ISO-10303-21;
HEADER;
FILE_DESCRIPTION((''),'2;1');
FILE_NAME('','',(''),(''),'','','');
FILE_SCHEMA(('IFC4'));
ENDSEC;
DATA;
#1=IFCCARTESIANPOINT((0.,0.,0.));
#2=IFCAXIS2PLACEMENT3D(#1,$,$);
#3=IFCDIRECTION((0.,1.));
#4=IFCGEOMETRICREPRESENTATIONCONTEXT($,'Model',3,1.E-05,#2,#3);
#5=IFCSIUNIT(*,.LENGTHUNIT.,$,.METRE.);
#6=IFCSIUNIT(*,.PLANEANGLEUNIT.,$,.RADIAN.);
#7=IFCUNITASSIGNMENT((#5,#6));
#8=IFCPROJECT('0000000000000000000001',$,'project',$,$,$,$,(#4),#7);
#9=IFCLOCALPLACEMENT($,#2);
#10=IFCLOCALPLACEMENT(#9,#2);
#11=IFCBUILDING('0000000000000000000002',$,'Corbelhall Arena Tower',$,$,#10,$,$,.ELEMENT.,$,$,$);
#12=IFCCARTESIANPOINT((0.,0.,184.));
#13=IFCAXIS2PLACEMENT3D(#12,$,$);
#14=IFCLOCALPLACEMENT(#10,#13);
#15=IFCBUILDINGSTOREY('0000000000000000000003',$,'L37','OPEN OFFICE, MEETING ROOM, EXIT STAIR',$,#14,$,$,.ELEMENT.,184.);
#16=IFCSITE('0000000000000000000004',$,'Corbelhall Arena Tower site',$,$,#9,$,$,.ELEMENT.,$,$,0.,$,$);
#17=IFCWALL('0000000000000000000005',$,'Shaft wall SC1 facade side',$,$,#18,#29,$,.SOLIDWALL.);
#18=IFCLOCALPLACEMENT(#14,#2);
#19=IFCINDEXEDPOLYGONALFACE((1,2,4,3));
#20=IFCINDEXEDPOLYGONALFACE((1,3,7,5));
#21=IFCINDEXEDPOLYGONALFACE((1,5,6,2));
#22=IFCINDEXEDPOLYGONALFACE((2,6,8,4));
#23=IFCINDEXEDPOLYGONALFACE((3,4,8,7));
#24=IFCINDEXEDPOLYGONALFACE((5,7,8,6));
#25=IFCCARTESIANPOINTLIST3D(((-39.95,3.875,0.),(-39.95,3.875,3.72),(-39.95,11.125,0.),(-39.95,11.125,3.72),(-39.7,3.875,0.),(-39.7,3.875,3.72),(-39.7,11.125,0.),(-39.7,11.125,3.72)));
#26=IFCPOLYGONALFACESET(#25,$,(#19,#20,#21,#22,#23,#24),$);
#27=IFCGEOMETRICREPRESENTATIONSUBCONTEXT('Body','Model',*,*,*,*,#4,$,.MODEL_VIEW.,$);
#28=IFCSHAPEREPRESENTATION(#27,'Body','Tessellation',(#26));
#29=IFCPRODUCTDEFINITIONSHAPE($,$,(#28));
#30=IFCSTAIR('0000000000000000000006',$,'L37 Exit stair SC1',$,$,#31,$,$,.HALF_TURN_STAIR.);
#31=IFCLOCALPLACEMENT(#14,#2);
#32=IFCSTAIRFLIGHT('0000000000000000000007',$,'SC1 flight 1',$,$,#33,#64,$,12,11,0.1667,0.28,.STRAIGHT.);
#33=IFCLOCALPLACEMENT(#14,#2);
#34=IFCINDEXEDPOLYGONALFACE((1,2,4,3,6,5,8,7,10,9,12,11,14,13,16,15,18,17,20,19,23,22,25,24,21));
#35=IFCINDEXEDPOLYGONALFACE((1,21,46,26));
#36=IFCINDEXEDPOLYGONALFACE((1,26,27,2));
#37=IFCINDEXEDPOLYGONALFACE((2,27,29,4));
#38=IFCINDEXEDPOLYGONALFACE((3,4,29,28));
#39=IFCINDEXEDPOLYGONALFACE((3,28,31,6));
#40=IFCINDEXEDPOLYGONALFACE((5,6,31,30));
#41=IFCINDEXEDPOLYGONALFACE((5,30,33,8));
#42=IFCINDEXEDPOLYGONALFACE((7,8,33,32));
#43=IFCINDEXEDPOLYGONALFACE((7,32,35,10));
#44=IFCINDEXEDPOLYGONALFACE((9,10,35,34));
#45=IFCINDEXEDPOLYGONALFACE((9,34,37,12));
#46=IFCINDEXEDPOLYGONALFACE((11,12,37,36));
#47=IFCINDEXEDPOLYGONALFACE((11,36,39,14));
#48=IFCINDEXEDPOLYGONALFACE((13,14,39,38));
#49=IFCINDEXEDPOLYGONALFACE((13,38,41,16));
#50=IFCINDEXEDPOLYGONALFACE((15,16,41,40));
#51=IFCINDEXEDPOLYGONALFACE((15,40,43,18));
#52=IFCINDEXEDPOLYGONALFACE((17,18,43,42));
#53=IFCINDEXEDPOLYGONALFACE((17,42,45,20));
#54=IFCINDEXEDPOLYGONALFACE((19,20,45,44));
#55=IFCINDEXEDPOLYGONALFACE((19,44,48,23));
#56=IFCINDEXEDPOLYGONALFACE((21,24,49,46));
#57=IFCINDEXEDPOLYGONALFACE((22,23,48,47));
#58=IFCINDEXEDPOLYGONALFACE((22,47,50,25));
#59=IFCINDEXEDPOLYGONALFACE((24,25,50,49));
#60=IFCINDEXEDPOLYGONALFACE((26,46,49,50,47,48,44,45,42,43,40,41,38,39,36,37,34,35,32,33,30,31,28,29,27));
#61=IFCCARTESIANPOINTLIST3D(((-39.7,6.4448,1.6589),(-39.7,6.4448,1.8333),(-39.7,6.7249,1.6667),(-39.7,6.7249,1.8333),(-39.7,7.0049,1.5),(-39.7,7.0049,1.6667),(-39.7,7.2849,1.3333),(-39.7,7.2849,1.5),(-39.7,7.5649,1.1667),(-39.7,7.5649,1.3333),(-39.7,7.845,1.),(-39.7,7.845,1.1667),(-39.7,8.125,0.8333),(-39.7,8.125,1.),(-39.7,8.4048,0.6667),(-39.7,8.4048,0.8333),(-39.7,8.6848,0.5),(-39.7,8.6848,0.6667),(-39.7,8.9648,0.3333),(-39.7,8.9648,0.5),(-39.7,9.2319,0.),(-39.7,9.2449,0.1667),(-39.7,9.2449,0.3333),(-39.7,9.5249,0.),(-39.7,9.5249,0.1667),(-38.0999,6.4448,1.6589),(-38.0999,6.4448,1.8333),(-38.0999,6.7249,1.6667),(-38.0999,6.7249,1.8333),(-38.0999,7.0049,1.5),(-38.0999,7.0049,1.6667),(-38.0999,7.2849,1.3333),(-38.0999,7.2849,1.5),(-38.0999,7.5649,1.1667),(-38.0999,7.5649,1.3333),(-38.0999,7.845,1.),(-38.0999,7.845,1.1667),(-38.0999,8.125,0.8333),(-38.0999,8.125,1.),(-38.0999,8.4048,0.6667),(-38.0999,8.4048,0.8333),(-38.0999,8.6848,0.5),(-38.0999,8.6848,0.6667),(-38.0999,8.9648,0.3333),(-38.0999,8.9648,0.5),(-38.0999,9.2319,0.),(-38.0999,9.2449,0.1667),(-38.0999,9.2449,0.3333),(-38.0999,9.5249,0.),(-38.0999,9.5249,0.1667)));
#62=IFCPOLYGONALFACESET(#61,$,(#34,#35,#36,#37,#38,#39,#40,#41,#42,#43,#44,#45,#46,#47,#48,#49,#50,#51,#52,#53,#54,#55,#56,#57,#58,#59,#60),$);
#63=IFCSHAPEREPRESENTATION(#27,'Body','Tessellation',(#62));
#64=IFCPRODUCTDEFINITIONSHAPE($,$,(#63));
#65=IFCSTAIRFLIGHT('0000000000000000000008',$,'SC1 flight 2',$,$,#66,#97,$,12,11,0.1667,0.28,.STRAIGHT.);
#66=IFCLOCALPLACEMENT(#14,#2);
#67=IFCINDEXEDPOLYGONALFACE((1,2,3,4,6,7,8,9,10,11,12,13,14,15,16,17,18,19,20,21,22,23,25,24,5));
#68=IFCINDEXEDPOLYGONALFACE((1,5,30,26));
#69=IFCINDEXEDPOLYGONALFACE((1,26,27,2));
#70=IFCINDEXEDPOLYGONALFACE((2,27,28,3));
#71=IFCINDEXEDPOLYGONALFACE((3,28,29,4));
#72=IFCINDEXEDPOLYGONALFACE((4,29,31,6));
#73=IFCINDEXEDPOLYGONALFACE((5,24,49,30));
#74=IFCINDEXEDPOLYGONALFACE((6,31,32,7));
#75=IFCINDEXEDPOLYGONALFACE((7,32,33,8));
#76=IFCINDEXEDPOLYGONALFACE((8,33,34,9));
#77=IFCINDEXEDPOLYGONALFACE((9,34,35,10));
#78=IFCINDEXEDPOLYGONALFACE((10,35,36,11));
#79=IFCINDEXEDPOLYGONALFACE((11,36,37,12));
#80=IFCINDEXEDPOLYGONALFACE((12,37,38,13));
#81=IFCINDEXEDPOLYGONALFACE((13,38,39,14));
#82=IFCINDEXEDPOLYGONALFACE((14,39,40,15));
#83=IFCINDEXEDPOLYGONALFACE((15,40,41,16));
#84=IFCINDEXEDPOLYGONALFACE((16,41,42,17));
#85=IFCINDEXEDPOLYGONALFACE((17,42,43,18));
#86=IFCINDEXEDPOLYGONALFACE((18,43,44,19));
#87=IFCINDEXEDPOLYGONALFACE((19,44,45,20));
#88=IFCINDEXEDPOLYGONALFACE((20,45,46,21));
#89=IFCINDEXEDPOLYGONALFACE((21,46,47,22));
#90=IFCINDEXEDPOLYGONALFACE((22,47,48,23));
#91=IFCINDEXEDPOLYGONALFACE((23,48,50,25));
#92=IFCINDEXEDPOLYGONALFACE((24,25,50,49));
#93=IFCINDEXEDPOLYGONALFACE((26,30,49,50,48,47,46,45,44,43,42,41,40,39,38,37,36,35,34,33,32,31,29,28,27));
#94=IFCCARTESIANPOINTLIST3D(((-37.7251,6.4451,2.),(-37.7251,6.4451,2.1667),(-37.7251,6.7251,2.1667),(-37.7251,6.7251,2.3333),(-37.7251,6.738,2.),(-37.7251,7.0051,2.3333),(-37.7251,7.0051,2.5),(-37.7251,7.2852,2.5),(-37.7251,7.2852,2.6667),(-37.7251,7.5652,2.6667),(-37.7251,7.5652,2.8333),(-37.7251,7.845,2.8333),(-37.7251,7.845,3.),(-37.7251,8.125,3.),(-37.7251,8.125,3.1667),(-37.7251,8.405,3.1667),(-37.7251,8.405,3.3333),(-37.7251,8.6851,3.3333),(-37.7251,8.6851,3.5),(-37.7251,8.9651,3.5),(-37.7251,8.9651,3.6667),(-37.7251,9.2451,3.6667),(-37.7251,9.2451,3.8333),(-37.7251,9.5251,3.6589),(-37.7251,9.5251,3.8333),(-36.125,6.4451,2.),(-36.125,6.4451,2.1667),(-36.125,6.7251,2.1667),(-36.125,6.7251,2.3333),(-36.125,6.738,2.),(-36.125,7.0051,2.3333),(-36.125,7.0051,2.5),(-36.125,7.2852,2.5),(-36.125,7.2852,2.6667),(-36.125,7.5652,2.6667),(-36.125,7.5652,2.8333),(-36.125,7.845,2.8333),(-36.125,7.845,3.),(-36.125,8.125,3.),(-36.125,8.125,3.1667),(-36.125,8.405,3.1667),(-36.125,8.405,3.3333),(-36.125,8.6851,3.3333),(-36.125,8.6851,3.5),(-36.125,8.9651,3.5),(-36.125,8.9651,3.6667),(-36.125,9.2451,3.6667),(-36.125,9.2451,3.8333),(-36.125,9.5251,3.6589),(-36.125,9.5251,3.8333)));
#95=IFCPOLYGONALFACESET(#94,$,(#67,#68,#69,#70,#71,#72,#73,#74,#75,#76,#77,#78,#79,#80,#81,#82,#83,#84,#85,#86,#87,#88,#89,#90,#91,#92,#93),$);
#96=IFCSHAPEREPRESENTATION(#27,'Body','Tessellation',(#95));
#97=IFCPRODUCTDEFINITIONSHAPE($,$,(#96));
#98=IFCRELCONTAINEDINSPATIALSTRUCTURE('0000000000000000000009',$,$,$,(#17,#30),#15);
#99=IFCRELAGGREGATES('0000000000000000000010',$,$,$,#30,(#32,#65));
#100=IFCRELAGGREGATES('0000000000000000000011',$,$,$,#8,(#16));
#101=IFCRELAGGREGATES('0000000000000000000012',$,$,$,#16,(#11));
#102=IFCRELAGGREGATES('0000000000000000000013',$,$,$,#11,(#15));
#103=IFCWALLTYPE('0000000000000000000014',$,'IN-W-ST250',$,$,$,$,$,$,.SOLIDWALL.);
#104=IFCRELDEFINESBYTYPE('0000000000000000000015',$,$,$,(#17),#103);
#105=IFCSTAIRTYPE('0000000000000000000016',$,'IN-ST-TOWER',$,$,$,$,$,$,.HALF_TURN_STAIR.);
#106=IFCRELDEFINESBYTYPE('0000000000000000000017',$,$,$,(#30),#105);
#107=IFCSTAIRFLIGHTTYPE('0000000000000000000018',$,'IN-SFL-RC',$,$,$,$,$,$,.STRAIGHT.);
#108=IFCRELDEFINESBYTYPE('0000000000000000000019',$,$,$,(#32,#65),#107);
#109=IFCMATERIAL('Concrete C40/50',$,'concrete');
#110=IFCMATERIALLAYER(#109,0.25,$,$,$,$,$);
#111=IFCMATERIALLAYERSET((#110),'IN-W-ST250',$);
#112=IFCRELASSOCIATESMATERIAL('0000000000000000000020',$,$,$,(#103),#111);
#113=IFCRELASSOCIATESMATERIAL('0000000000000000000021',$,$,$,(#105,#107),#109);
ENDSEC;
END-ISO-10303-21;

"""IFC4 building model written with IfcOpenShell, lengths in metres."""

from ifc_helpers import new_model, si_unit, direction, frame, frame_2d, origin, place, context, subcontext, project, spatial, polyline, rectangle, outline, extrude, material, layer, layer_set, type_object, element, aggregate, save


model = new_model("IFC4")

# Units and contexts
model_context = context("Model", 3, precision=1e-05, world=origin(), true_north=direction((0.0, 1.0)))
body_context = subcontext(model_context, "Body", "Model", "MODEL_VIEW")
ifc_project = project(units=[si_unit("LENGTHUNIT", "METRE"), si_unit("PLANEANGLEUNIT", "RADIAN")], contexts=[model_context])

# Site, building, storey
site_placement = place(None, origin())
site = spatial("IfcSite", under=ifc_project, at=site_placement, Name="Corbelhall Arena Tower site", CompositionType="ELEMENT", RefElevation=0.0)
building_placement = place(site_placement, origin())
building = spatial("IfcBuilding", under=site, at=building_placement, Name="Corbelhall Arena Tower", CompositionType="ELEMENT")
storey_placement = place(building_placement, frame((0.0, 0.0, 184.0)))
storey = spatial("IfcBuildingStorey", under=building, at=storey_placement, Name="L37", Description="OPEN OFFICE, MEETING ROOM, EXIT STAIR", CompositionType="ELEMENT", Elevation=184.0)

# Shared definitions
ifc_material_1 = material(Name="Concrete C40/50", Category="concrete")
ifc_layer_1 = layer(ifc_material_1, 0.25)
ifc_layer_set_1 = layer_set([ifc_layer_1], Name="IN-W-ST250")
wall_type_1 = type_object("IfcWallType", Name="IN-W-ST250", PredefinedType="SOLIDWALL", material=ifc_layer_set_1)

# Wall
wall_1_placement = place(storey_placement, frame((-39.825, 3.875, 0.0), z_axis=(0.0, 0.0, 1.0), x_axis=(0.0, 1.0, 0.0)))
element("IfcWall", 1, at=wall_1_placement, inside=storey, type_object=wall_type_1, Name="Shaft wall SC1 facade side", PredefinedType="SOLIDWALL", context=body_context, shape_type="SweptSolid", body=[
    extrude(rectangle(XDim=7.25, YDim=0.25, at=frame_2d((3.625, 0.0))), origin(), (0.0, 0.0, 1.0), 3.72),
])

# Stair, stair flights
stair_type = type_object("IfcStairType", Name="IN-ST-TOWER", PredefinedType="HALF_TURN_STAIR", material=ifc_material_1)
stair_placement = place(storey_placement, origin())
stair = element("IfcStair", 2, at=stair_placement, inside=storey, type_object=stair_type, Name="L37 Exit stair SC1", PredefinedType="HALF_TURN_STAIR")
stair_flight_type = type_object("IfcStairFlightType", Name="IN-SFL-RC", PredefinedType="STRAIGHT", material=ifc_material_1)
stair_flight_1_placement = place(storey_placement, frame((-38.8999, 9.5249, 0.0), z_axis=(0.0, 0.0, 1.0), x_axis=(0.0, -1.0, 0.0)))
stair_flight_1 = element("IfcStairFlight", 3, at=stair_flight_1_placement, type_object=stair_flight_type, Name="SC1 flight 1", NumberOfRisers=12, NumberOfTreads=11, PredefinedType="STRAIGHT", RiserHeight=0.1667, TreadLength=0.28, context=body_context, shape_type="SweptSolid", body=[
    extrude(outline(polyline([(0.0, 0.0), (0.0, 0.1667), (0.28, 0.1667), (0.28, 0.3333), (0.5601, 0.3333), (0.5601, 0.5), (0.8401, 0.5), (0.8401, 0.6667), (1.1201, 0.6667), (1.1201, 0.8333), (1.3999, 0.8333), (1.3999, 1.0), (1.6799, 1.0), (1.6799, 1.1667), (1.96, 1.1667), (1.96, 1.3333), (2.24, 1.3333), (2.24, 1.5), (2.52, 1.5), (2.52, 1.6667), (2.8, 1.6667), (2.8, 1.8333), (3.0801, 1.8333), (3.0801, 2.0), (3.0801, 1.6589), (0.293, 0.0), (0.0, 0.0)])), frame((0.0, 0.8, 0.0), z_axis=(0.0, -1.0, 0.0), x_axis=(1.0, 0.0, 0.0)), (0.0, 0.0, 1.0), 1.6001),
])
stair_flight_2_placement = place(storey_placement, frame((-36.925, 6.4451, 2.0), z_axis=(0.0, 0.0, 1.0), x_axis=(0.0, 1.0, 0.0)))
stair_flight_2 = element("IfcStairFlight", 4, at=stair_flight_2_placement, type_object=stair_flight_type, Name="SC1 flight 2", NumberOfRisers=12, NumberOfTreads=11, PredefinedType="STRAIGHT", RiserHeight=0.1667, TreadLength=0.28, context=body_context, shape_type="SweptSolid", body=[
    extrude(outline(polyline([(0.0, 0.0), (0.0, 0.1667), (0.28, 0.1667), (0.28, 0.3333), (0.5601, 0.3333), (0.5601, 0.5), (0.8401, 0.5), (0.8401, 0.6667), (1.1201, 0.6667), (1.1201, 0.8333), (1.3999, 0.8333), (1.3999, 1.0), (1.6799, 1.0), (1.6799, 1.1667), (1.96, 1.1667), (1.96, 1.3333), (2.24, 1.3333), (2.24, 1.5), (2.52, 1.5), (2.52, 1.6667), (2.8, 1.6667), (2.8, 1.8333), (3.0801, 1.8333), (3.0801, 2.0), (3.0801, 1.6589), (0.293, 0.0), (0.0, 0.0)])), frame((0.0, 0.8, 0.0), z_axis=(0.0, -1.0, 0.0), x_axis=(1.0, 0.0, 0.0)), (0.0, 0.0, 1.0), 1.6001),
])
aggregate(stair, [stair_flight_1, stair_flight_2])

save(model, "model.ifc")
